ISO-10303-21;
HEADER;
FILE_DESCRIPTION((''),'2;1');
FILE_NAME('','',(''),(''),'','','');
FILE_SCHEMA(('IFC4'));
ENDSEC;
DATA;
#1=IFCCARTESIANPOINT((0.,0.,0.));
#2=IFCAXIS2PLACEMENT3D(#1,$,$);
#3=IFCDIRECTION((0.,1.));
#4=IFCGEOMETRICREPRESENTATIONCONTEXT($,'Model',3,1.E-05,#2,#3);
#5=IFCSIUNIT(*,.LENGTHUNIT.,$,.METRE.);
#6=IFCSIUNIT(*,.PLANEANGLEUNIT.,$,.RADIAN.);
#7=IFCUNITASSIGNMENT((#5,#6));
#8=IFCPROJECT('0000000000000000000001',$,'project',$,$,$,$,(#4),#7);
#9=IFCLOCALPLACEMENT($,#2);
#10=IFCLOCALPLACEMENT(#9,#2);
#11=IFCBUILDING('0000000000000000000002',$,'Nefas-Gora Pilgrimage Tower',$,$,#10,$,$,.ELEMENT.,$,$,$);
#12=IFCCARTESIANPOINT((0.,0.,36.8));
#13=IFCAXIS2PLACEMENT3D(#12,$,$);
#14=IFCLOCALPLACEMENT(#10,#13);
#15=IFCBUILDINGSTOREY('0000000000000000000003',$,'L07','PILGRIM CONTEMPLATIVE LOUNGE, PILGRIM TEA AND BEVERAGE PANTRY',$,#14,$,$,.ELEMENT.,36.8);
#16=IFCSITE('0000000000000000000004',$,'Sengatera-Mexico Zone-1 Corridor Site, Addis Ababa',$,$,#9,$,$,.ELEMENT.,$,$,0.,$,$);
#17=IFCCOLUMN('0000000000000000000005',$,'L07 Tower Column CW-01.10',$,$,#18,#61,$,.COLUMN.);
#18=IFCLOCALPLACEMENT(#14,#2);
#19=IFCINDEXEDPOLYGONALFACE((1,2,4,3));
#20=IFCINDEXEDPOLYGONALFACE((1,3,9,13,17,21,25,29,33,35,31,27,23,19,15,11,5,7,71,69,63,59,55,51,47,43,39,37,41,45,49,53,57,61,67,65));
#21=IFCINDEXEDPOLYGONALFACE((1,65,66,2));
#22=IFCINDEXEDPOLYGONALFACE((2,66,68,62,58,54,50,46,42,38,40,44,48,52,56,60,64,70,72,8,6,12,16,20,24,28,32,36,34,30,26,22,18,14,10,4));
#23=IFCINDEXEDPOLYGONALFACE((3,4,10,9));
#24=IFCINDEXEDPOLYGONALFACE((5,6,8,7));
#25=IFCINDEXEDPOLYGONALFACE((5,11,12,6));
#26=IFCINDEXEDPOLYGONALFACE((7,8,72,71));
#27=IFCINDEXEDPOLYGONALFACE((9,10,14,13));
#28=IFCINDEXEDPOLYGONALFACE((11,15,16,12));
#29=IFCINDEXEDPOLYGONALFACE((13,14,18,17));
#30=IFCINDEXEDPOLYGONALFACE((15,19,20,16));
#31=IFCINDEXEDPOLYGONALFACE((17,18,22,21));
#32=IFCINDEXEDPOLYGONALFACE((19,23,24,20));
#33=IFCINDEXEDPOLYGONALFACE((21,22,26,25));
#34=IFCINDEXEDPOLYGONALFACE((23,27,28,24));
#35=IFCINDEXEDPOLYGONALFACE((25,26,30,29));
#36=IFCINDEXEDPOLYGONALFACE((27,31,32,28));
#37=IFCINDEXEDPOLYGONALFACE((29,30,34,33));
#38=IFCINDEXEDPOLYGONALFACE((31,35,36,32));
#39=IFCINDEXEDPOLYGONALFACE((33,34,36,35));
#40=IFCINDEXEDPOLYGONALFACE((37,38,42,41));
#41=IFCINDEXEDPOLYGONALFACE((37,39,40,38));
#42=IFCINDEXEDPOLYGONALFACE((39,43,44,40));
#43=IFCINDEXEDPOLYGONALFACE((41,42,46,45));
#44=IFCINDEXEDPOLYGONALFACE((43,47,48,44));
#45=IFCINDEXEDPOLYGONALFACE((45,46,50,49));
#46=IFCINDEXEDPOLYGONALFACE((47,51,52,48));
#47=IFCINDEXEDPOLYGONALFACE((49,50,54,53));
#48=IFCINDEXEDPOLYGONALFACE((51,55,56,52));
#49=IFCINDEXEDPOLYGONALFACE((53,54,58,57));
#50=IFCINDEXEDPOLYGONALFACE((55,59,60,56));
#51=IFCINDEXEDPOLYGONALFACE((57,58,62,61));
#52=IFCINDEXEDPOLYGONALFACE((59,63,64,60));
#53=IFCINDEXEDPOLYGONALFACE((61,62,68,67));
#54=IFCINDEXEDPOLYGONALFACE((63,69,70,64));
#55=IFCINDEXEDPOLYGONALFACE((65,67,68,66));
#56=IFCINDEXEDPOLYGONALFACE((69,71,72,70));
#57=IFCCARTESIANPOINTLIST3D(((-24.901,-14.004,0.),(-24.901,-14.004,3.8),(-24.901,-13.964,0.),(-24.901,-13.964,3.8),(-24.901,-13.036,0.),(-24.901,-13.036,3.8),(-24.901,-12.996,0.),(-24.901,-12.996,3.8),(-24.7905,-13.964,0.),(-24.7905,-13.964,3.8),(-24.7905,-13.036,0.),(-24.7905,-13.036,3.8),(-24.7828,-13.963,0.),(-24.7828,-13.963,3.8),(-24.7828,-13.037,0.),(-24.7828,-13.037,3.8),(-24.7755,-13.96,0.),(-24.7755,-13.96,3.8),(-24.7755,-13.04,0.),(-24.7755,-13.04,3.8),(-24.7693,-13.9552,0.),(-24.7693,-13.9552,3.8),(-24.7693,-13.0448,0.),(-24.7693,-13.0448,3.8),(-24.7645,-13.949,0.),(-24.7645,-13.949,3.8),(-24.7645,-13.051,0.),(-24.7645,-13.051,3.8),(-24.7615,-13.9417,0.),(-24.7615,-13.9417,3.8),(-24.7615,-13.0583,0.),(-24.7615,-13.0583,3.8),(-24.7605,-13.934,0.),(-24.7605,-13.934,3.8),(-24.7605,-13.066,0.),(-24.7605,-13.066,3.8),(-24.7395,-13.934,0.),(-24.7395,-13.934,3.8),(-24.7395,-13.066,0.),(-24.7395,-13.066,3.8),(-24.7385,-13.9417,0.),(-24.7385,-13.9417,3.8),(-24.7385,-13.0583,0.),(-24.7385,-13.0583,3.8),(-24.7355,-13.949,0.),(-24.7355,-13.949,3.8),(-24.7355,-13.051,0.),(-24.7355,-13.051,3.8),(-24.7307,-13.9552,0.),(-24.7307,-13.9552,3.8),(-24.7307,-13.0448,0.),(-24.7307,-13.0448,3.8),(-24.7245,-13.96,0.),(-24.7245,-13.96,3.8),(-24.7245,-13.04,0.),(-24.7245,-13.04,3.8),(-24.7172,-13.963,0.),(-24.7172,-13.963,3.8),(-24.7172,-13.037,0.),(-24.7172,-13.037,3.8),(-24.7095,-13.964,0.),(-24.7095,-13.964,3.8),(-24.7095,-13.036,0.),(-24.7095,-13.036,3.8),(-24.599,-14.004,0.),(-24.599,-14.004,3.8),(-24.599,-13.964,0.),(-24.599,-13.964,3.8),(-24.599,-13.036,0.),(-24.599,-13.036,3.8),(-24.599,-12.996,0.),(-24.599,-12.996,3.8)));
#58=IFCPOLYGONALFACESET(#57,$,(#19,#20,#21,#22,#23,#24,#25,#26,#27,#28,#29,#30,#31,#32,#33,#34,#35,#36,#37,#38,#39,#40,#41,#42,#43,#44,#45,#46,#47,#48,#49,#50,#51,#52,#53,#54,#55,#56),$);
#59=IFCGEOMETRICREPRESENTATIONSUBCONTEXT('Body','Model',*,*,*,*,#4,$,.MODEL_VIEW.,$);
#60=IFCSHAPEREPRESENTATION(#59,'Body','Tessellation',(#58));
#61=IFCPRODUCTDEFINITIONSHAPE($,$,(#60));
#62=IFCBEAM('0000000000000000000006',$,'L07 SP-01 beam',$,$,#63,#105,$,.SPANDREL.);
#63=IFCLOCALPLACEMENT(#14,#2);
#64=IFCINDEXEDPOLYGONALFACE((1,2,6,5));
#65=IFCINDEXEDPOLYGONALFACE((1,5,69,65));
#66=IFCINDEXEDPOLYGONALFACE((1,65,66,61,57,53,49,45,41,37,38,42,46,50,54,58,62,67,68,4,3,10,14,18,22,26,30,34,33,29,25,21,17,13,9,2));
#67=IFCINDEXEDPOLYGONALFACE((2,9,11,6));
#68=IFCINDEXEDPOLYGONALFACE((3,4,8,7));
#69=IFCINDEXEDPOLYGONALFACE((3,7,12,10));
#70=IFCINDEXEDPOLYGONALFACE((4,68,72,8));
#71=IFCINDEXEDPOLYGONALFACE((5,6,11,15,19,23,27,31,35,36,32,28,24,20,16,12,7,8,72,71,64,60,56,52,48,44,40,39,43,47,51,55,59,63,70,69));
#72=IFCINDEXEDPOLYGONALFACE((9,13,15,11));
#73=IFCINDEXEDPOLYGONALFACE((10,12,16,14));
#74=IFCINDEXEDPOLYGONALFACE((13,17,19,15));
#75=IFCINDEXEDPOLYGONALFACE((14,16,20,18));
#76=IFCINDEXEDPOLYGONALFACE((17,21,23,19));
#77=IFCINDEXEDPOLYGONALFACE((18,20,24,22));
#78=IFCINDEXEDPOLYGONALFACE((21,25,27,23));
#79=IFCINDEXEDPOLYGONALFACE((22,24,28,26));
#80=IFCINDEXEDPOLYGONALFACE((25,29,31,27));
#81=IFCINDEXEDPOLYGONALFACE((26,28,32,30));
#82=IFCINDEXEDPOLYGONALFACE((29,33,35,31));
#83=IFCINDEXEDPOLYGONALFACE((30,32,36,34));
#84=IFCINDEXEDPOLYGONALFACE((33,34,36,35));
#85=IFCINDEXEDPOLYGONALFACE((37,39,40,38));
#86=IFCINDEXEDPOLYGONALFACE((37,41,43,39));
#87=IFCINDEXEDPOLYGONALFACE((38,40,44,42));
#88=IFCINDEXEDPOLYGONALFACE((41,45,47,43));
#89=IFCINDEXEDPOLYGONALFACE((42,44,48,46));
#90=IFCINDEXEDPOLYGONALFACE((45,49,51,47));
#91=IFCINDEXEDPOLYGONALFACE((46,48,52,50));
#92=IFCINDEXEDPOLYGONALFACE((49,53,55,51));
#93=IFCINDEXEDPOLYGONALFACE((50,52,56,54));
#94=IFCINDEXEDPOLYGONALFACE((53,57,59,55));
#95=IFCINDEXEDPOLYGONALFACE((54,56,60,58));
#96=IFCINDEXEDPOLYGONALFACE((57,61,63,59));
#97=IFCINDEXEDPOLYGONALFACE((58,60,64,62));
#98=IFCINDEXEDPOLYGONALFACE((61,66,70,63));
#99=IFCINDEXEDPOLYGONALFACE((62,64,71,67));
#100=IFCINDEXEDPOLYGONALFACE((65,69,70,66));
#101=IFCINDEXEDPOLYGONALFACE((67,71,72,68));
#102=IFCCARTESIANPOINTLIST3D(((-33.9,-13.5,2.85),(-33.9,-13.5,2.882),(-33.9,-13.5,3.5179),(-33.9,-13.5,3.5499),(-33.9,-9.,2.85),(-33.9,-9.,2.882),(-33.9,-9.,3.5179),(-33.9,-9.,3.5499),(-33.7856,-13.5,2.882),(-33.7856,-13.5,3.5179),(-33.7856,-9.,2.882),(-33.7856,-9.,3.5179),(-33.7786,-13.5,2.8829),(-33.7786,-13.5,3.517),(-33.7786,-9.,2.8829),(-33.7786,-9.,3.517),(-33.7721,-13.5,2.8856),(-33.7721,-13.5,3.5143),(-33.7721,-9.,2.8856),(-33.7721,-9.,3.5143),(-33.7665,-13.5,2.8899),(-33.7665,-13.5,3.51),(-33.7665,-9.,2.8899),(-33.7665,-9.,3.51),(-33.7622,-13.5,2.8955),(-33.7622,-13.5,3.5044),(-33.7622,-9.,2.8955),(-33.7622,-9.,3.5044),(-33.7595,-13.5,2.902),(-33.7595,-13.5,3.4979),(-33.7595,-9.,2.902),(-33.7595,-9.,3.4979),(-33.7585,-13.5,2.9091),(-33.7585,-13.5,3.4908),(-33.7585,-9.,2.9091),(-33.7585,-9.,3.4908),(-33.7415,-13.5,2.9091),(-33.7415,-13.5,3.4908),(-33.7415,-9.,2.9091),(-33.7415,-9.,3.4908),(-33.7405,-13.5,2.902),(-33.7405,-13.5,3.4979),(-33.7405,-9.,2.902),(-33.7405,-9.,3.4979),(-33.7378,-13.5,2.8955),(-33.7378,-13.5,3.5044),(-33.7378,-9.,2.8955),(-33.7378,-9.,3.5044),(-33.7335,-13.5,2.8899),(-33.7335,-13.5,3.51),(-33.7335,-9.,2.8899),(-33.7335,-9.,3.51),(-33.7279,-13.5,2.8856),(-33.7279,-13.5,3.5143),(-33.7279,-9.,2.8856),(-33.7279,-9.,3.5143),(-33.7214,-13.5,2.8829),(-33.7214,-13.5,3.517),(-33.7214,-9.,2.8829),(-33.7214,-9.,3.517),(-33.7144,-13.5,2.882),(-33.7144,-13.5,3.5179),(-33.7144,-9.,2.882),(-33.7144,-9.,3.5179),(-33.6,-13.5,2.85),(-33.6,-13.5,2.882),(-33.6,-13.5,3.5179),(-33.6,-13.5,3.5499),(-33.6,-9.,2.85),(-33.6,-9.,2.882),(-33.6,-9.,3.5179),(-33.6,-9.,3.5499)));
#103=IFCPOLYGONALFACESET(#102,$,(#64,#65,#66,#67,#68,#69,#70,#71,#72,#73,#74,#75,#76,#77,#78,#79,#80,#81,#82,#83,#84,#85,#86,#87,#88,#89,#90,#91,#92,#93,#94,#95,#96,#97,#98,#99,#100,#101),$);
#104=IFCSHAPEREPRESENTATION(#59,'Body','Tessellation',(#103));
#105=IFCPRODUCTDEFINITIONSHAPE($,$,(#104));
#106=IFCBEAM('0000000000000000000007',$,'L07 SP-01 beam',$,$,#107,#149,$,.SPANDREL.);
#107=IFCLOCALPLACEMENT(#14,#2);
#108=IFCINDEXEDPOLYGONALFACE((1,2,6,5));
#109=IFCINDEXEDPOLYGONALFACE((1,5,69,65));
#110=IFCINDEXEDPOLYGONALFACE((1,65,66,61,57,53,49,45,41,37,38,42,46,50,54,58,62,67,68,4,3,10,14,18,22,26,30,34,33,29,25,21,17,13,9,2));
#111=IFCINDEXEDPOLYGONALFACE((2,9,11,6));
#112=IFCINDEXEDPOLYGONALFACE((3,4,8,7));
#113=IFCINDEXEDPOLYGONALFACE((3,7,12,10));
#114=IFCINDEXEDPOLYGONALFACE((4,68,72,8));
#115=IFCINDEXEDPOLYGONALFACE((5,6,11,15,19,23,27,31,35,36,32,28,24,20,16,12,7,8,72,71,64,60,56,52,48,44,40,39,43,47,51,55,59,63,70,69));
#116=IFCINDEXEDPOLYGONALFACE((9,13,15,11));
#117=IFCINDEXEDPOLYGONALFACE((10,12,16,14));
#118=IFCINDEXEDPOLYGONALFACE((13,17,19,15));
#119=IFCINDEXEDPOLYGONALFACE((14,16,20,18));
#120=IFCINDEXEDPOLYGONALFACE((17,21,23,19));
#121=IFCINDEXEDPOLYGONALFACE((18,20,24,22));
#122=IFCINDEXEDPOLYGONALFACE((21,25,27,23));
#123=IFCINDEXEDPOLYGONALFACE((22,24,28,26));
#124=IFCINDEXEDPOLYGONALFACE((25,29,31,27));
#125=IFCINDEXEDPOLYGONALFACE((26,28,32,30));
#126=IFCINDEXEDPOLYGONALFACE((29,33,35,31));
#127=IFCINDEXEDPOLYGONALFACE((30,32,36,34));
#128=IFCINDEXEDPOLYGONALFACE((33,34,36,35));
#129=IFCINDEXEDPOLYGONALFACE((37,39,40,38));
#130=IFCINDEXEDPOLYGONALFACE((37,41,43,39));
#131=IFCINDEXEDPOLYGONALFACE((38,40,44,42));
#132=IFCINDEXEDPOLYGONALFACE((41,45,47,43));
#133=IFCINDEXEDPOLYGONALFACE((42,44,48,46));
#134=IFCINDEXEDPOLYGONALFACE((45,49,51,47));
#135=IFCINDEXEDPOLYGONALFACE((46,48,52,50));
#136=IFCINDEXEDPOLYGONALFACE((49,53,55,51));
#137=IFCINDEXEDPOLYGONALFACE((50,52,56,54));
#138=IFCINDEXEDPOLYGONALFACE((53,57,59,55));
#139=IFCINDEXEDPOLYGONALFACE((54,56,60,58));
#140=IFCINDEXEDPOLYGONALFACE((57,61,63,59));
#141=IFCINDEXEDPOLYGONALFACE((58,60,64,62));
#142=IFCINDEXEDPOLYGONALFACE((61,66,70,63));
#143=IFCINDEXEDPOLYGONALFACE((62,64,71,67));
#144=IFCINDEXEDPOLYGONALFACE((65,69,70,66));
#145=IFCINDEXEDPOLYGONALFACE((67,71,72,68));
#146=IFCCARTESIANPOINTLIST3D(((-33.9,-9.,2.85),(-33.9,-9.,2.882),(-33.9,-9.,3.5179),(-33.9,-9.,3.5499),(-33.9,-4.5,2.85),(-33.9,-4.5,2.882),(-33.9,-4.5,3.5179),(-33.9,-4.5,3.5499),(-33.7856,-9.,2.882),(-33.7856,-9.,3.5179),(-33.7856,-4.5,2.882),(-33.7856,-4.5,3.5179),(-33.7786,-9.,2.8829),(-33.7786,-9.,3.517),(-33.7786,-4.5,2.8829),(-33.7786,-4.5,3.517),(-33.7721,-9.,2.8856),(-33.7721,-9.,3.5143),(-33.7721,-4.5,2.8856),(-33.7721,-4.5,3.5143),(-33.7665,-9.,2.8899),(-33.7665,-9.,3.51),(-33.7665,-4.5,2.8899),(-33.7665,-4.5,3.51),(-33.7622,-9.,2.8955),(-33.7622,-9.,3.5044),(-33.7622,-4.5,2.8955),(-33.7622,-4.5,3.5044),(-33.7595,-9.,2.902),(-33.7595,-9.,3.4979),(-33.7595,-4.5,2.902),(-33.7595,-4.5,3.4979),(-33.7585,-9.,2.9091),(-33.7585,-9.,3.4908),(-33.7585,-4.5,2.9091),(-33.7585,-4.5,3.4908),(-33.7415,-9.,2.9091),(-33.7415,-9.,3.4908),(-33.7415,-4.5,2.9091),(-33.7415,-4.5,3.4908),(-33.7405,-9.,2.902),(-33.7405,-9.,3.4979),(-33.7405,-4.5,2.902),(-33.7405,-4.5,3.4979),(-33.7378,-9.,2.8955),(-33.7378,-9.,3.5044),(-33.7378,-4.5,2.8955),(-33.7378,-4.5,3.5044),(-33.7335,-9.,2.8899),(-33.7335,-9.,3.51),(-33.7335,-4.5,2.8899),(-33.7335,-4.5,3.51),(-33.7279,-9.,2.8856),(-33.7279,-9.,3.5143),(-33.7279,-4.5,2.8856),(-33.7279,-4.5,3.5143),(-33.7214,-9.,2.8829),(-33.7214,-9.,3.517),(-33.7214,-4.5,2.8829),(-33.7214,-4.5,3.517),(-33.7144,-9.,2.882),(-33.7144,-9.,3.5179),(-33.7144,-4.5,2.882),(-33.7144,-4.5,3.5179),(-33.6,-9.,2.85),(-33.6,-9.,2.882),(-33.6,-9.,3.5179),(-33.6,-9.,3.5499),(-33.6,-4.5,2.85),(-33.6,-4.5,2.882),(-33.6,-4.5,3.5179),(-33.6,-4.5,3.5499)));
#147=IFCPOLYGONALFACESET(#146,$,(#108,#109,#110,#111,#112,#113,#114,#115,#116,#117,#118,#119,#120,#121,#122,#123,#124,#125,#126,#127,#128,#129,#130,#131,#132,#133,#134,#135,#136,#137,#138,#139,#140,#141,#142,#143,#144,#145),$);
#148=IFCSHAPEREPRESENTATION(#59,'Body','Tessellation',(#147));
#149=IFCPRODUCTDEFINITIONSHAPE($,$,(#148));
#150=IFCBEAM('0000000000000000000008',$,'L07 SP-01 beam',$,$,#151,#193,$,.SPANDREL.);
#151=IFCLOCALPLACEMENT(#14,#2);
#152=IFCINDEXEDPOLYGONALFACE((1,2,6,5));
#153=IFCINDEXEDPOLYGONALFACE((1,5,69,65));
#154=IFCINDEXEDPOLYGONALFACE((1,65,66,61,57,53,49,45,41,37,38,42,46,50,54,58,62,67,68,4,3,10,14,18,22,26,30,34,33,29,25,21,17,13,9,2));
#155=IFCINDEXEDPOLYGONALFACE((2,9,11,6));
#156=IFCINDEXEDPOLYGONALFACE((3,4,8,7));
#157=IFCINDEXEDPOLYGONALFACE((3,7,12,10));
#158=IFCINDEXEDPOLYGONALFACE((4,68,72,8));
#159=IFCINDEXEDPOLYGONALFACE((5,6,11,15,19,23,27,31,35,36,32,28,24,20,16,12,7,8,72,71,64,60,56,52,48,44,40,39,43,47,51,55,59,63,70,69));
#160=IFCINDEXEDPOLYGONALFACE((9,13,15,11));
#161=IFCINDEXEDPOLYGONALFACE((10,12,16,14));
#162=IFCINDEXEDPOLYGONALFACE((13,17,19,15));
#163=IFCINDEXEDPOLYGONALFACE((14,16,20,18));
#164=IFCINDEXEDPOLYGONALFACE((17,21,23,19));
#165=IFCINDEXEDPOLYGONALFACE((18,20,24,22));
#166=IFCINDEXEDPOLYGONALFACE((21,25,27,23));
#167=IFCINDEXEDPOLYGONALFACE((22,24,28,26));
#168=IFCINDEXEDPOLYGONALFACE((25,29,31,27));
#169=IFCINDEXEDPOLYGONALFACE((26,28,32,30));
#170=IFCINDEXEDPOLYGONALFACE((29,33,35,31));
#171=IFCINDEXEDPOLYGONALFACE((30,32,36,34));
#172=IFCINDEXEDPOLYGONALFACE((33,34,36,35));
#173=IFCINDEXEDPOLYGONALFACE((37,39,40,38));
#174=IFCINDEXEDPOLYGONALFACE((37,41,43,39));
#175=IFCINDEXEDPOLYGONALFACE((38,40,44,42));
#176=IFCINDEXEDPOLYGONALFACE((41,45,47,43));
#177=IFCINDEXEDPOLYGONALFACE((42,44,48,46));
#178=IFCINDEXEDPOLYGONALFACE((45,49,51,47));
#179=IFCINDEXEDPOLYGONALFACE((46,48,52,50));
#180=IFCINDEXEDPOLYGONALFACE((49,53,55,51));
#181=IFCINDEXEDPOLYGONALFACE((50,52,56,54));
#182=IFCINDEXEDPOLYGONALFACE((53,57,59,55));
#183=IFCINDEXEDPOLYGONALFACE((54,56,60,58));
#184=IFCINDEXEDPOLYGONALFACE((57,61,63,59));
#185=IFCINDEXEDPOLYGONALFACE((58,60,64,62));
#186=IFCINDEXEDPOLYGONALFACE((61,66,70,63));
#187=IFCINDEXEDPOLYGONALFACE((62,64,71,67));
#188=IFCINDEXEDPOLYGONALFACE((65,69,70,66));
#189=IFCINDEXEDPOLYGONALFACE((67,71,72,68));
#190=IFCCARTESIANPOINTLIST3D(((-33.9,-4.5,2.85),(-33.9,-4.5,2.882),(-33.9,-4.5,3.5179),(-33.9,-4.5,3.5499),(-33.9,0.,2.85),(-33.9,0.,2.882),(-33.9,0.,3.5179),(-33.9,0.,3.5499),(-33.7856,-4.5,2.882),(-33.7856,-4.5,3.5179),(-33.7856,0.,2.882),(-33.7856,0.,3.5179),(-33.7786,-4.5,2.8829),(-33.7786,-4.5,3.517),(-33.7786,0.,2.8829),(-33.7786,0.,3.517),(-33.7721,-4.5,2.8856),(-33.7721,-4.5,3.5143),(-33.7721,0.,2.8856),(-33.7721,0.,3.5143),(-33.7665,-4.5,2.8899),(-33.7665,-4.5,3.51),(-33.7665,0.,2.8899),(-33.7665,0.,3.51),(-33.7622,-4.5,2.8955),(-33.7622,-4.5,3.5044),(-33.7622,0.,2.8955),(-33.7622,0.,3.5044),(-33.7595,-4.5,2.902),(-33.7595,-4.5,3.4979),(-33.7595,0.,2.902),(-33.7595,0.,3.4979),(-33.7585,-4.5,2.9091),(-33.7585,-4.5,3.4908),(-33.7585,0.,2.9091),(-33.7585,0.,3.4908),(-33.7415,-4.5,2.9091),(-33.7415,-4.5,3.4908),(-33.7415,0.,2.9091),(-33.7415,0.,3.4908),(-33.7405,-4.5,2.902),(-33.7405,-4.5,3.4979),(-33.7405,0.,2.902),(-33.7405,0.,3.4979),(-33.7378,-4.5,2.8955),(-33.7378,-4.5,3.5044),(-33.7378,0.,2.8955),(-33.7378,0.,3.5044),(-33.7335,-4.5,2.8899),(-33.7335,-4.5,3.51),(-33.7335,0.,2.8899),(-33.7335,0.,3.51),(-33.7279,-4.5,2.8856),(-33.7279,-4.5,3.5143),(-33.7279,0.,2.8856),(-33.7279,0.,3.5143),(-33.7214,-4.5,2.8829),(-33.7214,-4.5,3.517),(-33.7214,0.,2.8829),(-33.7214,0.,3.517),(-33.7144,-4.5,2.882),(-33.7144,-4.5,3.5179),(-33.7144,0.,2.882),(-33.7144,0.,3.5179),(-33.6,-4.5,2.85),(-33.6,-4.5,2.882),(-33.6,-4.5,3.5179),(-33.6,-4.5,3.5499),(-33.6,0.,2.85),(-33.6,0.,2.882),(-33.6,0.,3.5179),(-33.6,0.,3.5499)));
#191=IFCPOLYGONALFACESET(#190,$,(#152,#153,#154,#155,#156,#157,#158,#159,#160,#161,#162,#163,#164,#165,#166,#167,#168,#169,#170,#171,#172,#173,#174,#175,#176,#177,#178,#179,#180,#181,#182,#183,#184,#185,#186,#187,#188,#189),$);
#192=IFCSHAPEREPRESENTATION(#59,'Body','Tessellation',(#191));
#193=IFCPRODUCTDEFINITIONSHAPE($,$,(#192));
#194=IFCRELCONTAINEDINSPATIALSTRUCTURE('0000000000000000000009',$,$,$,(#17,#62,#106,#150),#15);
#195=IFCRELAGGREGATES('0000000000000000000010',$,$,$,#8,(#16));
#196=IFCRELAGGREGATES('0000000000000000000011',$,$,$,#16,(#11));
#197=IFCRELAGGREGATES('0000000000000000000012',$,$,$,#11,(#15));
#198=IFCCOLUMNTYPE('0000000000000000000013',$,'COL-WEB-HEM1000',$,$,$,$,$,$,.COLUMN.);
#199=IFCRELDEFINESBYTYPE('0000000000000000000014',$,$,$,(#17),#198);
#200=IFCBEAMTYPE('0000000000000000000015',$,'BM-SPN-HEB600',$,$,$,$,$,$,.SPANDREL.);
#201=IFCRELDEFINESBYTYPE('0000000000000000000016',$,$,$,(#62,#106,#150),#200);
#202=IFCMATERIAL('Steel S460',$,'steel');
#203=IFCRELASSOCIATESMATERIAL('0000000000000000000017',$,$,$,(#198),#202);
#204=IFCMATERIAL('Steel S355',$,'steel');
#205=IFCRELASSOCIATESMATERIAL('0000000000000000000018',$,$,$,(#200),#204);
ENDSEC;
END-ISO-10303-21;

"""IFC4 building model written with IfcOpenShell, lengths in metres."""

from ifc_helpers import new_model, si_unit, direction, frame, origin, origin_2d, place, context, subcontext, project, spatial, i_section, extrude, source, transform, mapped, material, material_profile, profile_set, type_object, element, save


model = new_model("IFC4")

# Units and contexts
model_context = context("Model", 3, precision=1e-05, world=origin(), true_north=direction((0.0, 1.0)))
body_context = subcontext(model_context, "Body", "Model", "MODEL_VIEW")
ifc_project = project(units=[si_unit("LENGTHUNIT", "METRE"), si_unit("PLANEANGLEUNIT", "RADIAN")], contexts=[model_context])

# Site, building, storey
site_placement = place(None, origin())
site = spatial("IfcSite", under=ifc_project, at=site_placement, Name="Sengatera-Mexico Zone-1 Corridor Site, Addis Ababa", CompositionType="ELEMENT", RefElevation=0.0)
building_placement = place(site_placement, origin())
building = spatial("IfcBuilding", under=site, at=building_placement, Name="Nefas-Gora Pilgrimage Tower", CompositionType="ELEMENT")
storey_placement = place(building_placement, frame((0.0, 0.0, 36.8)))
storey = spatial("IfcBuildingStorey", under=building, at=storey_placement, Name="L07", Description="PILGRIM CONTEMPLATIVE LOUNGE, PILGRIM TEA AND BEVERAGE PANTRY", CompositionType="ELEMENT", Elevation=36.8)

# Column
ifc_material_1 = material(Name="Steel S460", Category="steel")
ifc_material_profile_1 = material_profile(ifc_material_1, i_section(OverallWidth=0.302, OverallDepth=1.0081, WebThickness=0.021, FlangeThickness=0.04, FilletRadius=0.03, at=origin_2d()), Name="HEM 1000")
ifc_profile_set_1 = profile_set([ifc_material_profile_1], Name="Steel S460")
column_type_1 = type_object("IfcColumnType", Name="COL-WEB-HEM1000", PredefinedType="COLUMN", material=ifc_profile_set_1)
shared_shape_1 = source(origin(), body_context, "Body", "SweptSolid", [
    extrude(i_section(OverallWidth=0.302, OverallDepth=1.0081, WebThickness=0.021, FlangeThickness=0.04, FilletRadius=0.03, at=origin_2d()), origin(), (0.0, 0.0, 1.0), 3.8),
])
for number, where, z_axis, x_axis, name in (
    (1, (-24.75, -13.5, 0.0), (0.0, 0.0, 1.0), (1.0, 0.0, 0.0), "L07 Tower Column CW-01.10"),
):
    element("IfcColumn", number, at=place(storey_placement, frame(where, z_axis=z_axis, x_axis=x_axis)), inside=storey, type_object=column_type_1, Name=name, PredefinedType="COLUMN", context=body_context, shape_type="MappedRepresentation", body=[
        mapped(shared_shape_1, transform((0.0, 0.0, 0.0), x_axis=(1.0, 0.0, 0.0), y_axis=(0.0, 1.0, 0.0), z_axis=(0.0, 0.0, 1.0), scale=1.0)),
    ])

# Beams
ifc_material_2 = material(Name="Steel S355", Category="steel")
ifc_material_profile_2 = material_profile(ifc_material_2, i_section(OverallWidth=0.3, OverallDepth=0.7, WebThickness=0.0171, FlangeThickness=0.032, FilletRadius=0.0271, at=origin_2d()), Name="HEB 700")
ifc_profile_set_2 = profile_set([ifc_material_profile_2], Name="Steel S355")
beam_type_1 = type_object("IfcBeamType", Name="BM-SPN-HEB600", PredefinedType="SPANDREL", material=ifc_profile_set_2)
shared_shape_2 = source(origin(), body_context, "Body", "SweptSolid", [
    extrude(i_section(OverallWidth=0.3, OverallDepth=0.7, WebThickness=0.0171, FlangeThickness=0.032, FilletRadius=0.0271, at=origin_2d()), origin(), (0.0, 0.0, 1.0), 4.5),
])
for number, where, z_axis, x_axis, name in (
    (2, (-33.75, -13.5, 3.2), (0.0, 1.0, 0.0), (-1.0, 0.0, 0.0), "L07 SP-01 beam"),
    (3, (-33.75, -9.0, 3.2), (0.0, 1.0, 0.0), (-1.0, 0.0, 0.0), "L07 SP-01 beam"),
    (4, (-33.75, -4.5, 3.2), (0.0, 1.0, 0.0), (-1.0, 0.0, 0.0), "L07 SP-01 beam"),
):
    element("IfcBeam", number, at=place(storey_placement, frame(where, z_axis=z_axis, x_axis=x_axis)), inside=storey, type_object=beam_type_1, Name=name, PredefinedType="SPANDREL", context=body_context, shape_type="MappedRepresentation", body=[
        mapped(shared_shape_2, transform((0.0, 0.0, 0.0), x_axis=(1.0, 0.0, 0.0), y_axis=(0.0, 1.0, 0.0), z_axis=(0.0, 0.0, 1.0), scale=1.0)),
    ])

save(model, "model.ifc")
